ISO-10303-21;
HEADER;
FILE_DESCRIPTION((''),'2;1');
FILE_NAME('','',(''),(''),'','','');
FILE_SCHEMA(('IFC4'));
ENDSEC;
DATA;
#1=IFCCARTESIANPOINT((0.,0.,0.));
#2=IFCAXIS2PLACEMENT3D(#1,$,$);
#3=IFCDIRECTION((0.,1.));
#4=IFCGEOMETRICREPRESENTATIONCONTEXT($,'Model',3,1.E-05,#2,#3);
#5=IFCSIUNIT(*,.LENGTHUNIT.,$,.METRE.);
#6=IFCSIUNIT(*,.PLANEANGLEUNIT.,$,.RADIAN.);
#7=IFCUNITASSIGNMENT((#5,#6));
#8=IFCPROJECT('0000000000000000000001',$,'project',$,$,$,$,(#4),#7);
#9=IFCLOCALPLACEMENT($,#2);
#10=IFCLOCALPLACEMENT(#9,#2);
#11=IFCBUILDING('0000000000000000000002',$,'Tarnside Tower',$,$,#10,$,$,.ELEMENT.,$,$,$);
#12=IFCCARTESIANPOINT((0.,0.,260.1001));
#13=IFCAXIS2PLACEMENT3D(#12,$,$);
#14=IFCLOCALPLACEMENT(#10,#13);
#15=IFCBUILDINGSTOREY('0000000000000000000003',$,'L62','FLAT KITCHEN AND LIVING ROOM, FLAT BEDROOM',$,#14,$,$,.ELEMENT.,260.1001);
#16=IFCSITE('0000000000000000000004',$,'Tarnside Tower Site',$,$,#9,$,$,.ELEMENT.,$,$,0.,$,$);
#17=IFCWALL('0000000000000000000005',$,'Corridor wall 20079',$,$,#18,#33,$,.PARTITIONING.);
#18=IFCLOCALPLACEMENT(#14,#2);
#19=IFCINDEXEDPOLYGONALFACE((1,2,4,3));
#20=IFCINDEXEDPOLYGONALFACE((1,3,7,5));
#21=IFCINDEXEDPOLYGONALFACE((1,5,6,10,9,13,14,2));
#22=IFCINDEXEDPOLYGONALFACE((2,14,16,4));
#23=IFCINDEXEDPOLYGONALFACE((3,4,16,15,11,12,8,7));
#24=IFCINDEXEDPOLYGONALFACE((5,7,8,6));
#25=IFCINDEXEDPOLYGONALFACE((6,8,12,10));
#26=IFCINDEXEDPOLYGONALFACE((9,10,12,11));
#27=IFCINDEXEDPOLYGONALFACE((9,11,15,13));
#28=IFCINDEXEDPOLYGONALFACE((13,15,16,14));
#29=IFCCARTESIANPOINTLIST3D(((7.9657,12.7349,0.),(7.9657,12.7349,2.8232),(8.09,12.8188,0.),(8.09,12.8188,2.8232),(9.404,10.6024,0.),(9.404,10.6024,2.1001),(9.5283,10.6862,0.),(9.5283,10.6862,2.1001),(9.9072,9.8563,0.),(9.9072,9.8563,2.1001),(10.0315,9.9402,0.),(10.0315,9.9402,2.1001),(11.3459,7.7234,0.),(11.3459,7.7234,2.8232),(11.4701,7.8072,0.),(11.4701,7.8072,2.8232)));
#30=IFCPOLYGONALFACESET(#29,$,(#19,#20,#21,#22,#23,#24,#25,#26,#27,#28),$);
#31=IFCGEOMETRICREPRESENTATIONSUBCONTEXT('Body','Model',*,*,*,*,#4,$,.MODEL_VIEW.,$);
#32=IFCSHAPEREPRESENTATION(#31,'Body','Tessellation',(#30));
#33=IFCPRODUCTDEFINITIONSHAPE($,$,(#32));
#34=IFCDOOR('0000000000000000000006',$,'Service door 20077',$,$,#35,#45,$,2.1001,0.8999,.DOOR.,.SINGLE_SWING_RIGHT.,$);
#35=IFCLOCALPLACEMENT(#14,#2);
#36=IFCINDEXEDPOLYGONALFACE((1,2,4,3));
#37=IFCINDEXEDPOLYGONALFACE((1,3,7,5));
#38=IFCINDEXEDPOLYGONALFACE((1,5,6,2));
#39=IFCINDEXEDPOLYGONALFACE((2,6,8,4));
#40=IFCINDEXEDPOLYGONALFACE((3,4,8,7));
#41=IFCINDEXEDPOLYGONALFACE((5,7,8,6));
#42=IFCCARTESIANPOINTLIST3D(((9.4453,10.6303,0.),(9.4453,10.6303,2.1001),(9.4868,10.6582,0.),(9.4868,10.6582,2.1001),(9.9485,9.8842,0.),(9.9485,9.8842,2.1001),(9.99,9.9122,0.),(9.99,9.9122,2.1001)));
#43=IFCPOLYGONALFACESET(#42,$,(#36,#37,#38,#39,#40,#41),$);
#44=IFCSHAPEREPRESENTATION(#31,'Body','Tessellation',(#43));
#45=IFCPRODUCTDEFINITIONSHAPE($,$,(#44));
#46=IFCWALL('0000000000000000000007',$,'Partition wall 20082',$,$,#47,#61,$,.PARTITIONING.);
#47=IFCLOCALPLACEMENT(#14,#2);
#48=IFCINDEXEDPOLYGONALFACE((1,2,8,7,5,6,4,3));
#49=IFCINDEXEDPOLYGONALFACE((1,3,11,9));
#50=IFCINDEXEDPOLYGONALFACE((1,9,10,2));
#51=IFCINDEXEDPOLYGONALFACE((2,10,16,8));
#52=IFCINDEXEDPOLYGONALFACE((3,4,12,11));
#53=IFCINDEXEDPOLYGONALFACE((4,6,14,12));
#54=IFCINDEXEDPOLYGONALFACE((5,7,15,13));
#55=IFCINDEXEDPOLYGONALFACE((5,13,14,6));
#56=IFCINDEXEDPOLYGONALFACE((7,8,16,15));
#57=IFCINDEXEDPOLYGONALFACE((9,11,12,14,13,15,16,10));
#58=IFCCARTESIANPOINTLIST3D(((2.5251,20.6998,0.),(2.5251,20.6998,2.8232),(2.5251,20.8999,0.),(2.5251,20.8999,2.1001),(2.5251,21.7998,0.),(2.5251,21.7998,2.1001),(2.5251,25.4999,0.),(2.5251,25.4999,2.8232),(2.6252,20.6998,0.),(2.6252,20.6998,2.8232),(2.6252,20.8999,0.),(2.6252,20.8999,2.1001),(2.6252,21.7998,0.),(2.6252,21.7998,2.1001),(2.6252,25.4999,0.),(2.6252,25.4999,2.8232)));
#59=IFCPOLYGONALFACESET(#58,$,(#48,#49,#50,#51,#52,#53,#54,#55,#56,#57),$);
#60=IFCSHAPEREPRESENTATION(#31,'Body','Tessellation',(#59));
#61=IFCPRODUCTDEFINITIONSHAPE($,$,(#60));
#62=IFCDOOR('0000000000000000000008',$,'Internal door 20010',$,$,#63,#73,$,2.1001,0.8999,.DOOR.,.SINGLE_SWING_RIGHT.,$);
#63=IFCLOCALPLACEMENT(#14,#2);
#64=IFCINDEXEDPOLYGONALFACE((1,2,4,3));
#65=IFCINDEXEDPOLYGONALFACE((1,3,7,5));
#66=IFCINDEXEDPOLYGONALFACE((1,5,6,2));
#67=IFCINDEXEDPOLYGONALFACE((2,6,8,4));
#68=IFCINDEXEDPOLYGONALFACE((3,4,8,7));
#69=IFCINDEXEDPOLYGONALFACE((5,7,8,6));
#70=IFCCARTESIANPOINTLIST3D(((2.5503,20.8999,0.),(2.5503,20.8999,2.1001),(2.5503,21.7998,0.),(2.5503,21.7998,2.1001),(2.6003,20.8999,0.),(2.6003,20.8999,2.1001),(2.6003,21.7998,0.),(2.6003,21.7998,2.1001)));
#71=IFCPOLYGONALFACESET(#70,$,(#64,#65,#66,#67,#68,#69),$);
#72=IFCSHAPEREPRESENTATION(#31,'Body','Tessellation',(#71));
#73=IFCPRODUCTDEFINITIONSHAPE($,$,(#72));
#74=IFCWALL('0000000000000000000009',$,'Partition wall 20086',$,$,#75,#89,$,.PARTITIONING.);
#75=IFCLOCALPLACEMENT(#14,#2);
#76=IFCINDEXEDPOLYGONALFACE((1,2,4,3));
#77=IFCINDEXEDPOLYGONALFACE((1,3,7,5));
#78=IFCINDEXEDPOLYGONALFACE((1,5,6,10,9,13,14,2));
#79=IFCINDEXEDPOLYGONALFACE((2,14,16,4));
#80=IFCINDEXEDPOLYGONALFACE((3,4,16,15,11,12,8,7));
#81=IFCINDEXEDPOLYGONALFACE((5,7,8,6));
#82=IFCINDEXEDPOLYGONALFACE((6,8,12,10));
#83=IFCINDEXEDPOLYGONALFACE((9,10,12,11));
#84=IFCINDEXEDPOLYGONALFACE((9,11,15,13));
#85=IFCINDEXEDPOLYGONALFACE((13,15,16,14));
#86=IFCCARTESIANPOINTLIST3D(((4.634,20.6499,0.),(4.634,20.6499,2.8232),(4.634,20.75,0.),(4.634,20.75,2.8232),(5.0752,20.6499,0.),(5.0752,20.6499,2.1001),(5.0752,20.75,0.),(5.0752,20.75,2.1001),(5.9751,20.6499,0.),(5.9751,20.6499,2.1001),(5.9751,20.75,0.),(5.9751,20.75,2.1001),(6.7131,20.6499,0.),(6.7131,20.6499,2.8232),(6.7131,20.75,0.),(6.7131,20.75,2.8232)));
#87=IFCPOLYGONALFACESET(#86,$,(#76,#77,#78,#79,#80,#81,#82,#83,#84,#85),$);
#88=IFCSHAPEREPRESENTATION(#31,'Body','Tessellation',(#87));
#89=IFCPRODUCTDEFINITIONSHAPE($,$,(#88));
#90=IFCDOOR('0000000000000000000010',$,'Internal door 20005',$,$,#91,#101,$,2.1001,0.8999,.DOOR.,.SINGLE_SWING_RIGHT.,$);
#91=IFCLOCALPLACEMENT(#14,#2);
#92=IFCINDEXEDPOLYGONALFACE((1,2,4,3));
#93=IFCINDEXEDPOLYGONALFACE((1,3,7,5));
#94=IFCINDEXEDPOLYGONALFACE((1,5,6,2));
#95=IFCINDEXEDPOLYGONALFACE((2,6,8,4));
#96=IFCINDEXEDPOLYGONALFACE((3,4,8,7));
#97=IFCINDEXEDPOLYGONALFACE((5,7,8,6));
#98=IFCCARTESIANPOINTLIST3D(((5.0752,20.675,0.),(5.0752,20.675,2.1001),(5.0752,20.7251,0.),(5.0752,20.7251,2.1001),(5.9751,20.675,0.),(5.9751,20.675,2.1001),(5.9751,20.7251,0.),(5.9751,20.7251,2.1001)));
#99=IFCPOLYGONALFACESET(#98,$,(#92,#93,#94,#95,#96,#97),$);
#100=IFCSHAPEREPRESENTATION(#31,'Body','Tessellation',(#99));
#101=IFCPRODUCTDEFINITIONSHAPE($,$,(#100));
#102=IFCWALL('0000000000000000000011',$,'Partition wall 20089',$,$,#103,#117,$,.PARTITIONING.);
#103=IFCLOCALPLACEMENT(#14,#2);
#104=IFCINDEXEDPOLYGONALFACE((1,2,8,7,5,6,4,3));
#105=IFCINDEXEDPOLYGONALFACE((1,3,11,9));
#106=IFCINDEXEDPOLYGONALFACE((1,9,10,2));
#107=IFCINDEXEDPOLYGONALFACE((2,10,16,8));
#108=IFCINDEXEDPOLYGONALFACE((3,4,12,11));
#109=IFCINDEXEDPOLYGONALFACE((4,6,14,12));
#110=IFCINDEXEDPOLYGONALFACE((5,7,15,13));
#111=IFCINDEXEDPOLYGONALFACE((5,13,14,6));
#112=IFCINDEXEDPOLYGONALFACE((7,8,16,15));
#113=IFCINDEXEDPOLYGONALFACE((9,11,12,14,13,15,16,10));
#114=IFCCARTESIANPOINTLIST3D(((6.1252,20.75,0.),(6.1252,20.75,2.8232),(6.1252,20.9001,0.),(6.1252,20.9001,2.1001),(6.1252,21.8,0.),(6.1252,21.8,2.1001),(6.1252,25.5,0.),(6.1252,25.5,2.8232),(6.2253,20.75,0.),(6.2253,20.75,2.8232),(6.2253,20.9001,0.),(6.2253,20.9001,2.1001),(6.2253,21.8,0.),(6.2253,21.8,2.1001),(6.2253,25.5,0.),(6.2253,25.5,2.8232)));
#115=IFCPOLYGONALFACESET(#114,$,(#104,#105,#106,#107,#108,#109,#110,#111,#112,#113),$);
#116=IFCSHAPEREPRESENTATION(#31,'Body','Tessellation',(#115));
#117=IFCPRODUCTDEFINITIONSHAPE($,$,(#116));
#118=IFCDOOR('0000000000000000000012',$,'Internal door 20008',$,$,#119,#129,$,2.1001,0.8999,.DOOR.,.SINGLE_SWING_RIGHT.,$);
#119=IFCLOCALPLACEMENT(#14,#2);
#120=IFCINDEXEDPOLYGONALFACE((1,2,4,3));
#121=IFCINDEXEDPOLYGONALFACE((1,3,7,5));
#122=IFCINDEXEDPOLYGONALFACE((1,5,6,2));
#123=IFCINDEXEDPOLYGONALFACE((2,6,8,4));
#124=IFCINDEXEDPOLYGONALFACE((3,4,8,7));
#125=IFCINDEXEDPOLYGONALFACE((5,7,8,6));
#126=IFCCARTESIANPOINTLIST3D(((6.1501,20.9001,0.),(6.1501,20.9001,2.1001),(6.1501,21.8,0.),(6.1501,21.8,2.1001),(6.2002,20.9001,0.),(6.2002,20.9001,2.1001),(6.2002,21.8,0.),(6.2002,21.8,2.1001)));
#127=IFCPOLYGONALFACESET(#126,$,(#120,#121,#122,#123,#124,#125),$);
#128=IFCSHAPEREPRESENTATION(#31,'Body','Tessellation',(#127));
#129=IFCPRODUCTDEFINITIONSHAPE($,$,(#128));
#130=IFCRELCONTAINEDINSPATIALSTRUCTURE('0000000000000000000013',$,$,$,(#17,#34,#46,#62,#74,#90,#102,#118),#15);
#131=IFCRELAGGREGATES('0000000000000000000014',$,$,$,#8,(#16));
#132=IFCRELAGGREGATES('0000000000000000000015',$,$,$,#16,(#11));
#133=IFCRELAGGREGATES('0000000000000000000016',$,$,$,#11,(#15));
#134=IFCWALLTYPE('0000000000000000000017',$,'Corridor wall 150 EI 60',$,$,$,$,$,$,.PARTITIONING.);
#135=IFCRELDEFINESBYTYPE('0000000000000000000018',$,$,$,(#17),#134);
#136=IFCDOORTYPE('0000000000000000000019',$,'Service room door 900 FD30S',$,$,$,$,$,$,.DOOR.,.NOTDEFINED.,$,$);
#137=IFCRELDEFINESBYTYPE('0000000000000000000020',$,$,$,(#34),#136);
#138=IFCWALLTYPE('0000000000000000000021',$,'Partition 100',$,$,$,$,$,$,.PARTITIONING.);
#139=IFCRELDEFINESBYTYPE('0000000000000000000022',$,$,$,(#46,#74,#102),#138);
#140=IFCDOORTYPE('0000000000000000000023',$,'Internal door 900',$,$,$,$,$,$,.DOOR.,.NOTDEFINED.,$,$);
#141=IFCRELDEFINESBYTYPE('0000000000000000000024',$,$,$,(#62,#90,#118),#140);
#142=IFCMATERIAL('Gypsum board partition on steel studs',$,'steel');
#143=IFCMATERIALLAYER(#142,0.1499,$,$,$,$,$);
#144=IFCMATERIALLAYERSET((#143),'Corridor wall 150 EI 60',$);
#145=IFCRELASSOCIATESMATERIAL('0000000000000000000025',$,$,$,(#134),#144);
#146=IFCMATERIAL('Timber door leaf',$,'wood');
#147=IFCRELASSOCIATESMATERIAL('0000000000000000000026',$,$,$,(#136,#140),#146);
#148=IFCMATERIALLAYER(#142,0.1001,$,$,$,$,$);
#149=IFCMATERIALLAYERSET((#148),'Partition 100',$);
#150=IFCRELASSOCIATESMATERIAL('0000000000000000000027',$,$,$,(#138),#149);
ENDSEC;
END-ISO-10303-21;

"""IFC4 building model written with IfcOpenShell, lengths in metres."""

from ifc_helpers import new_model, si_unit, direction, frame, frame_2d, origin, place, context, subcontext, project, spatial, rectangle, extrude, material, layer, layer_set, type_object, element, fill, save


model = new_model("IFC4")

# Units and contexts
model_context = context("Model", 3, precision=1e-05, world=origin(), true_north=direction((0.0, 1.0)))
body_context = subcontext(model_context, "Body", "Model", "MODEL_VIEW")
ifc_project = project(units=[si_unit("LENGTHUNIT", "METRE"), si_unit("PLANEANGLEUNIT", "RADIAN")], contexts=[model_context])

# Site, building, storey
site_placement = place(None, origin())
site = spatial("IfcSite", under=ifc_project, at=site_placement, Name="Tarnside Tower Site", CompositionType="ELEMENT", RefElevation=0.0)
building_placement = place(site_placement, origin())
building = spatial("IfcBuilding", under=site, at=building_placement, Name="Tarnside Tower", CompositionType="ELEMENT")
storey_placement = place(building_placement, frame((0.0, 0.0, 260.1001)))
storey = spatial("IfcBuildingStorey", under=building, at=storey_placement, Name="L62", Description="FLAT KITCHEN AND LIVING ROOM, FLAT BEDROOM", CompositionType="ELEMENT", Elevation=260.1001)

# Shared definitions
ifc_material_1 = material(Name="Gypsum board partition on steel studs", Category="steel")

# Shared definitions
ifc_material_2 = material(Name="Timber door leaf", Category="wood")

# Shared definitions
ifc_layer_1 = layer(ifc_material_1, 0.1499)
ifc_layer_set_1 = layer_set([ifc_layer_1], Name="Corridor wall 150 EI 60")
wall_type_1 = type_object("IfcWallType", Name="Corridor wall 150 EI 60", PredefinedType="PARTITIONING", material=ifc_layer_set_1)

# Walls, openings, doors
wall_1_placement = place(storey_placement, frame((8.0278, 12.7769, 0.0), z_axis=(0.0, 0.0, 1.0), x_axis=(0.559175, -0.829049, 0.0)))
wall_1 = element("IfcWall", 1, at=wall_1_placement, inside=storey, type_object=wall_type_1, Name="Corridor wall 20079", PredefinedType="PARTITIONING", context=body_context, shape_type="SweptSolid", body=[
    extrude(rectangle(XDim=6.0449, YDim=0.1499, at=frame_2d((3.0225, 0.0))), origin(), (0.0, 0.0, 1.0), 2.8232),
])
opening_1_placement = place(wall_1_placement, frame((2.5723, 0.0, 0.0)))
opening_1 = element("IfcOpeningElement", 2, at=opening_1_placement, cuts=wall_1, PredefinedType="OPENING", context=body_context, shape_type="SweptSolid", body=[
    extrude(rectangle(XDim=0.8999, YDim=2.1001, at=frame_2d((0.45, 1.05))), frame((0.0, 0.085, 0.0), z_axis=(0.0, -1.0, 0.0), x_axis=(1.0, 0.0, 0.0)), (0.0, 0.0, 1.0), 0.1699),
])
door_type_1 = type_object("IfcDoorType", Name="Service room door 900 FD30S", OperationType="NOTDEFINED", PredefinedType="DOOR", material=ifc_material_2)
door_1_placement = place(opening_1_placement, origin())
door_1 = element("IfcDoor", 3, at=door_1_placement, inside=storey, type_object=door_type_1, Name="Service door 20077", OperationType="SINGLE_SWING_RIGHT", OverallHeight=2.1001, OverallWidth=0.8999, PredefinedType="DOOR", context=body_context, shape_type="SweptSolid", body=[
    extrude(rectangle(XDim=0.8999, YDim=2.1001, at=frame_2d((0.45, 1.05))), frame((0.0, 0.0249, 0.0), z_axis=(0.0, -1.0, 0.0), x_axis=(1.0, 0.0, 0.0)), (0.0, 0.0, 1.0), 0.05),
])
fill(opening_1, door_1)
ifc_layer_2 = layer(ifc_material_1, 0.1001)
ifc_layer_set_2 = layer_set([ifc_layer_2], Name="Partition 100")
wall_type_2 = type_object("IfcWallType", Name="Partition 100", PredefinedType="PARTITIONING", material=ifc_layer_set_2)
wall_2_placement = place(storey_placement, frame((2.5752, 20.7, 0.0), z_axis=(0.0, 0.0, 1.0), x_axis=(0.0, 1.0, 0.0)))
wall_2 = element("IfcWall", 4, at=wall_2_placement, inside=storey, type_object=wall_type_2, Name="Partition wall 20082", PredefinedType="PARTITIONING", context=body_context, shape_type="SweptSolid", body=[
    extrude(rectangle(XDim=4.8, YDim=0.1001, at=frame_2d((2.3999, 0.0))), origin(), (0.0, 0.0, 1.0), 2.8232),
])
opening_2_placement = place(wall_2_placement, frame((0.2, 0.0, 0.0)))
opening_2 = element("IfcOpeningElement", 5, at=opening_2_placement, cuts=wall_2, PredefinedType="OPENING", context=body_context, shape_type="SweptSolid", body=[
    extrude(rectangle(XDim=0.8999, YDim=2.1001, at=frame_2d((0.45, 1.05))), frame((0.0, 0.0601, 0.0), z_axis=(0.0, -1.0, 0.0), x_axis=(1.0, 0.0, 0.0)), (0.0, 0.0, 1.0), 0.1201),
])
door_type_2 = type_object("IfcDoorType", Name="Internal door 900", OperationType="NOTDEFINED", PredefinedType="DOOR", material=ifc_material_2)
door_2_placement = place(opening_2_placement, origin())
door_2 = element("IfcDoor", 6, at=door_2_placement, inside=storey, type_object=door_type_2, Name="Internal door 20010", OperationType="SINGLE_SWING_RIGHT", OverallHeight=2.1001, OverallWidth=0.8999, PredefinedType="DOOR", context=body_context, shape_type="SweptSolid", body=[
    extrude(rectangle(XDim=0.8999, YDim=2.1001, at=frame_2d((0.45, 1.05))), frame((0.0, 0.0249, 0.0), z_axis=(0.0, -1.0, 0.0), x_axis=(1.0, 0.0, 0.0)), (0.0, 0.0, 1.0), 0.05),
])
fill(opening_2, door_2)
wall_3_placement = place(storey_placement, frame((6.7131, 20.7, 0.0), z_axis=(0.0, 0.0, 1.0), x_axis=(-1.0, 0.0, 0.0)))
wall_3 = element("IfcWall", 7, at=wall_3_placement, inside=storey, type_object=wall_type_2, Name="Partition wall 20086", PredefinedType="PARTITIONING", context=body_context, shape_type="SweptSolid", body=[
    extrude(rectangle(XDim=2.0791, YDim=0.1001, at=frame_2d((1.0396, 0.0))), origin(), (0.0, 0.0, 1.0), 2.8232),
])
opening_3_placement = place(wall_3_placement, frame((0.738, 0.0, 0.0)))
opening_3 = element("IfcOpeningElement", 8, at=opening_3_placement, cuts=wall_3, PredefinedType="OPENING", context=body_context, shape_type="SweptSolid", body=[
    extrude(rectangle(XDim=0.8999, YDim=2.1001, at=frame_2d((0.45, 1.05))), frame((0.0, 0.0601, 0.0), z_axis=(0.0, -1.0, 0.0), x_axis=(1.0, 0.0, 0.0)), (0.0, 0.0, 1.0), 0.1201),
])
door_3_placement = place(opening_3_placement, origin())
door_3 = element("IfcDoor", 9, at=door_3_placement, inside=storey, type_object=door_type_2, Name="Internal door 20005", OperationType="SINGLE_SWING_RIGHT", OverallHeight=2.1001, OverallWidth=0.8999, PredefinedType="DOOR", context=body_context, shape_type="SweptSolid", body=[
    extrude(rectangle(XDim=0.8999, YDim=2.1001, at=frame_2d((0.45, 1.05))), frame((0.0, 0.0249, 0.0), z_axis=(0.0, -1.0, 0.0), x_axis=(1.0, 0.0, 0.0)), (0.0, 0.0, 1.0), 0.05),
])
fill(opening_3, door_3)
wall_4_placement = place(storey_placement, frame((6.1753, 25.5, 0.0), z_axis=(0.0, 0.0, 1.0), x_axis=(0.0, -1.0, 0.0)))
wall_4 = element("IfcWall", 10, at=wall_4_placement, inside=storey, type_object=wall_type_2, Name="Partition wall 20089", PredefinedType="PARTITIONING", context=body_context, shape_type="SweptSolid", body=[
    extrude(rectangle(XDim=4.75, YDim=0.1001, at=frame_2d((2.375, 0.0))), origin(), (0.0, 0.0, 1.0), 2.8232),
])
opening_4_placement = place(wall_4_placement, frame((3.7, 0.0, 0.0)))
opening_4 = element("IfcOpeningElement", 11, at=opening_4_placement, cuts=wall_4, PredefinedType="OPENING", context=body_context, shape_type="SweptSolid", body=[
    extrude(rectangle(XDim=0.8999, YDim=2.1001, at=frame_2d((0.45, 1.05))), frame((0.0, 0.0601, 0.0), z_axis=(0.0, -1.0, 0.0), x_axis=(1.0, 0.0, 0.0)), (0.0, 0.0, 1.0), 0.1201),
])
door_4_placement = place(opening_4_placement, origin())
door_4 = element("IfcDoor", 12, at=door_4_placement, inside=storey, type_object=door_type_2, Name="Internal door 20008", OperationType="SINGLE_SWING_RIGHT", OverallHeight=2.1001, OverallWidth=0.8999, PredefinedType="DOOR", context=body_context, shape_type="SweptSolid", body=[
    extrude(rectangle(XDim=0.8999, YDim=2.1001, at=frame_2d((0.45, 1.05))), frame((0.0, 0.0249, 0.0), z_axis=(0.0, -1.0, 0.0), x_axis=(1.0, 0.0, 0.0)), (0.0, 0.0, 1.0), 0.05),
])
fill(opening_4, door_4)

save(model, "model.ifc")
